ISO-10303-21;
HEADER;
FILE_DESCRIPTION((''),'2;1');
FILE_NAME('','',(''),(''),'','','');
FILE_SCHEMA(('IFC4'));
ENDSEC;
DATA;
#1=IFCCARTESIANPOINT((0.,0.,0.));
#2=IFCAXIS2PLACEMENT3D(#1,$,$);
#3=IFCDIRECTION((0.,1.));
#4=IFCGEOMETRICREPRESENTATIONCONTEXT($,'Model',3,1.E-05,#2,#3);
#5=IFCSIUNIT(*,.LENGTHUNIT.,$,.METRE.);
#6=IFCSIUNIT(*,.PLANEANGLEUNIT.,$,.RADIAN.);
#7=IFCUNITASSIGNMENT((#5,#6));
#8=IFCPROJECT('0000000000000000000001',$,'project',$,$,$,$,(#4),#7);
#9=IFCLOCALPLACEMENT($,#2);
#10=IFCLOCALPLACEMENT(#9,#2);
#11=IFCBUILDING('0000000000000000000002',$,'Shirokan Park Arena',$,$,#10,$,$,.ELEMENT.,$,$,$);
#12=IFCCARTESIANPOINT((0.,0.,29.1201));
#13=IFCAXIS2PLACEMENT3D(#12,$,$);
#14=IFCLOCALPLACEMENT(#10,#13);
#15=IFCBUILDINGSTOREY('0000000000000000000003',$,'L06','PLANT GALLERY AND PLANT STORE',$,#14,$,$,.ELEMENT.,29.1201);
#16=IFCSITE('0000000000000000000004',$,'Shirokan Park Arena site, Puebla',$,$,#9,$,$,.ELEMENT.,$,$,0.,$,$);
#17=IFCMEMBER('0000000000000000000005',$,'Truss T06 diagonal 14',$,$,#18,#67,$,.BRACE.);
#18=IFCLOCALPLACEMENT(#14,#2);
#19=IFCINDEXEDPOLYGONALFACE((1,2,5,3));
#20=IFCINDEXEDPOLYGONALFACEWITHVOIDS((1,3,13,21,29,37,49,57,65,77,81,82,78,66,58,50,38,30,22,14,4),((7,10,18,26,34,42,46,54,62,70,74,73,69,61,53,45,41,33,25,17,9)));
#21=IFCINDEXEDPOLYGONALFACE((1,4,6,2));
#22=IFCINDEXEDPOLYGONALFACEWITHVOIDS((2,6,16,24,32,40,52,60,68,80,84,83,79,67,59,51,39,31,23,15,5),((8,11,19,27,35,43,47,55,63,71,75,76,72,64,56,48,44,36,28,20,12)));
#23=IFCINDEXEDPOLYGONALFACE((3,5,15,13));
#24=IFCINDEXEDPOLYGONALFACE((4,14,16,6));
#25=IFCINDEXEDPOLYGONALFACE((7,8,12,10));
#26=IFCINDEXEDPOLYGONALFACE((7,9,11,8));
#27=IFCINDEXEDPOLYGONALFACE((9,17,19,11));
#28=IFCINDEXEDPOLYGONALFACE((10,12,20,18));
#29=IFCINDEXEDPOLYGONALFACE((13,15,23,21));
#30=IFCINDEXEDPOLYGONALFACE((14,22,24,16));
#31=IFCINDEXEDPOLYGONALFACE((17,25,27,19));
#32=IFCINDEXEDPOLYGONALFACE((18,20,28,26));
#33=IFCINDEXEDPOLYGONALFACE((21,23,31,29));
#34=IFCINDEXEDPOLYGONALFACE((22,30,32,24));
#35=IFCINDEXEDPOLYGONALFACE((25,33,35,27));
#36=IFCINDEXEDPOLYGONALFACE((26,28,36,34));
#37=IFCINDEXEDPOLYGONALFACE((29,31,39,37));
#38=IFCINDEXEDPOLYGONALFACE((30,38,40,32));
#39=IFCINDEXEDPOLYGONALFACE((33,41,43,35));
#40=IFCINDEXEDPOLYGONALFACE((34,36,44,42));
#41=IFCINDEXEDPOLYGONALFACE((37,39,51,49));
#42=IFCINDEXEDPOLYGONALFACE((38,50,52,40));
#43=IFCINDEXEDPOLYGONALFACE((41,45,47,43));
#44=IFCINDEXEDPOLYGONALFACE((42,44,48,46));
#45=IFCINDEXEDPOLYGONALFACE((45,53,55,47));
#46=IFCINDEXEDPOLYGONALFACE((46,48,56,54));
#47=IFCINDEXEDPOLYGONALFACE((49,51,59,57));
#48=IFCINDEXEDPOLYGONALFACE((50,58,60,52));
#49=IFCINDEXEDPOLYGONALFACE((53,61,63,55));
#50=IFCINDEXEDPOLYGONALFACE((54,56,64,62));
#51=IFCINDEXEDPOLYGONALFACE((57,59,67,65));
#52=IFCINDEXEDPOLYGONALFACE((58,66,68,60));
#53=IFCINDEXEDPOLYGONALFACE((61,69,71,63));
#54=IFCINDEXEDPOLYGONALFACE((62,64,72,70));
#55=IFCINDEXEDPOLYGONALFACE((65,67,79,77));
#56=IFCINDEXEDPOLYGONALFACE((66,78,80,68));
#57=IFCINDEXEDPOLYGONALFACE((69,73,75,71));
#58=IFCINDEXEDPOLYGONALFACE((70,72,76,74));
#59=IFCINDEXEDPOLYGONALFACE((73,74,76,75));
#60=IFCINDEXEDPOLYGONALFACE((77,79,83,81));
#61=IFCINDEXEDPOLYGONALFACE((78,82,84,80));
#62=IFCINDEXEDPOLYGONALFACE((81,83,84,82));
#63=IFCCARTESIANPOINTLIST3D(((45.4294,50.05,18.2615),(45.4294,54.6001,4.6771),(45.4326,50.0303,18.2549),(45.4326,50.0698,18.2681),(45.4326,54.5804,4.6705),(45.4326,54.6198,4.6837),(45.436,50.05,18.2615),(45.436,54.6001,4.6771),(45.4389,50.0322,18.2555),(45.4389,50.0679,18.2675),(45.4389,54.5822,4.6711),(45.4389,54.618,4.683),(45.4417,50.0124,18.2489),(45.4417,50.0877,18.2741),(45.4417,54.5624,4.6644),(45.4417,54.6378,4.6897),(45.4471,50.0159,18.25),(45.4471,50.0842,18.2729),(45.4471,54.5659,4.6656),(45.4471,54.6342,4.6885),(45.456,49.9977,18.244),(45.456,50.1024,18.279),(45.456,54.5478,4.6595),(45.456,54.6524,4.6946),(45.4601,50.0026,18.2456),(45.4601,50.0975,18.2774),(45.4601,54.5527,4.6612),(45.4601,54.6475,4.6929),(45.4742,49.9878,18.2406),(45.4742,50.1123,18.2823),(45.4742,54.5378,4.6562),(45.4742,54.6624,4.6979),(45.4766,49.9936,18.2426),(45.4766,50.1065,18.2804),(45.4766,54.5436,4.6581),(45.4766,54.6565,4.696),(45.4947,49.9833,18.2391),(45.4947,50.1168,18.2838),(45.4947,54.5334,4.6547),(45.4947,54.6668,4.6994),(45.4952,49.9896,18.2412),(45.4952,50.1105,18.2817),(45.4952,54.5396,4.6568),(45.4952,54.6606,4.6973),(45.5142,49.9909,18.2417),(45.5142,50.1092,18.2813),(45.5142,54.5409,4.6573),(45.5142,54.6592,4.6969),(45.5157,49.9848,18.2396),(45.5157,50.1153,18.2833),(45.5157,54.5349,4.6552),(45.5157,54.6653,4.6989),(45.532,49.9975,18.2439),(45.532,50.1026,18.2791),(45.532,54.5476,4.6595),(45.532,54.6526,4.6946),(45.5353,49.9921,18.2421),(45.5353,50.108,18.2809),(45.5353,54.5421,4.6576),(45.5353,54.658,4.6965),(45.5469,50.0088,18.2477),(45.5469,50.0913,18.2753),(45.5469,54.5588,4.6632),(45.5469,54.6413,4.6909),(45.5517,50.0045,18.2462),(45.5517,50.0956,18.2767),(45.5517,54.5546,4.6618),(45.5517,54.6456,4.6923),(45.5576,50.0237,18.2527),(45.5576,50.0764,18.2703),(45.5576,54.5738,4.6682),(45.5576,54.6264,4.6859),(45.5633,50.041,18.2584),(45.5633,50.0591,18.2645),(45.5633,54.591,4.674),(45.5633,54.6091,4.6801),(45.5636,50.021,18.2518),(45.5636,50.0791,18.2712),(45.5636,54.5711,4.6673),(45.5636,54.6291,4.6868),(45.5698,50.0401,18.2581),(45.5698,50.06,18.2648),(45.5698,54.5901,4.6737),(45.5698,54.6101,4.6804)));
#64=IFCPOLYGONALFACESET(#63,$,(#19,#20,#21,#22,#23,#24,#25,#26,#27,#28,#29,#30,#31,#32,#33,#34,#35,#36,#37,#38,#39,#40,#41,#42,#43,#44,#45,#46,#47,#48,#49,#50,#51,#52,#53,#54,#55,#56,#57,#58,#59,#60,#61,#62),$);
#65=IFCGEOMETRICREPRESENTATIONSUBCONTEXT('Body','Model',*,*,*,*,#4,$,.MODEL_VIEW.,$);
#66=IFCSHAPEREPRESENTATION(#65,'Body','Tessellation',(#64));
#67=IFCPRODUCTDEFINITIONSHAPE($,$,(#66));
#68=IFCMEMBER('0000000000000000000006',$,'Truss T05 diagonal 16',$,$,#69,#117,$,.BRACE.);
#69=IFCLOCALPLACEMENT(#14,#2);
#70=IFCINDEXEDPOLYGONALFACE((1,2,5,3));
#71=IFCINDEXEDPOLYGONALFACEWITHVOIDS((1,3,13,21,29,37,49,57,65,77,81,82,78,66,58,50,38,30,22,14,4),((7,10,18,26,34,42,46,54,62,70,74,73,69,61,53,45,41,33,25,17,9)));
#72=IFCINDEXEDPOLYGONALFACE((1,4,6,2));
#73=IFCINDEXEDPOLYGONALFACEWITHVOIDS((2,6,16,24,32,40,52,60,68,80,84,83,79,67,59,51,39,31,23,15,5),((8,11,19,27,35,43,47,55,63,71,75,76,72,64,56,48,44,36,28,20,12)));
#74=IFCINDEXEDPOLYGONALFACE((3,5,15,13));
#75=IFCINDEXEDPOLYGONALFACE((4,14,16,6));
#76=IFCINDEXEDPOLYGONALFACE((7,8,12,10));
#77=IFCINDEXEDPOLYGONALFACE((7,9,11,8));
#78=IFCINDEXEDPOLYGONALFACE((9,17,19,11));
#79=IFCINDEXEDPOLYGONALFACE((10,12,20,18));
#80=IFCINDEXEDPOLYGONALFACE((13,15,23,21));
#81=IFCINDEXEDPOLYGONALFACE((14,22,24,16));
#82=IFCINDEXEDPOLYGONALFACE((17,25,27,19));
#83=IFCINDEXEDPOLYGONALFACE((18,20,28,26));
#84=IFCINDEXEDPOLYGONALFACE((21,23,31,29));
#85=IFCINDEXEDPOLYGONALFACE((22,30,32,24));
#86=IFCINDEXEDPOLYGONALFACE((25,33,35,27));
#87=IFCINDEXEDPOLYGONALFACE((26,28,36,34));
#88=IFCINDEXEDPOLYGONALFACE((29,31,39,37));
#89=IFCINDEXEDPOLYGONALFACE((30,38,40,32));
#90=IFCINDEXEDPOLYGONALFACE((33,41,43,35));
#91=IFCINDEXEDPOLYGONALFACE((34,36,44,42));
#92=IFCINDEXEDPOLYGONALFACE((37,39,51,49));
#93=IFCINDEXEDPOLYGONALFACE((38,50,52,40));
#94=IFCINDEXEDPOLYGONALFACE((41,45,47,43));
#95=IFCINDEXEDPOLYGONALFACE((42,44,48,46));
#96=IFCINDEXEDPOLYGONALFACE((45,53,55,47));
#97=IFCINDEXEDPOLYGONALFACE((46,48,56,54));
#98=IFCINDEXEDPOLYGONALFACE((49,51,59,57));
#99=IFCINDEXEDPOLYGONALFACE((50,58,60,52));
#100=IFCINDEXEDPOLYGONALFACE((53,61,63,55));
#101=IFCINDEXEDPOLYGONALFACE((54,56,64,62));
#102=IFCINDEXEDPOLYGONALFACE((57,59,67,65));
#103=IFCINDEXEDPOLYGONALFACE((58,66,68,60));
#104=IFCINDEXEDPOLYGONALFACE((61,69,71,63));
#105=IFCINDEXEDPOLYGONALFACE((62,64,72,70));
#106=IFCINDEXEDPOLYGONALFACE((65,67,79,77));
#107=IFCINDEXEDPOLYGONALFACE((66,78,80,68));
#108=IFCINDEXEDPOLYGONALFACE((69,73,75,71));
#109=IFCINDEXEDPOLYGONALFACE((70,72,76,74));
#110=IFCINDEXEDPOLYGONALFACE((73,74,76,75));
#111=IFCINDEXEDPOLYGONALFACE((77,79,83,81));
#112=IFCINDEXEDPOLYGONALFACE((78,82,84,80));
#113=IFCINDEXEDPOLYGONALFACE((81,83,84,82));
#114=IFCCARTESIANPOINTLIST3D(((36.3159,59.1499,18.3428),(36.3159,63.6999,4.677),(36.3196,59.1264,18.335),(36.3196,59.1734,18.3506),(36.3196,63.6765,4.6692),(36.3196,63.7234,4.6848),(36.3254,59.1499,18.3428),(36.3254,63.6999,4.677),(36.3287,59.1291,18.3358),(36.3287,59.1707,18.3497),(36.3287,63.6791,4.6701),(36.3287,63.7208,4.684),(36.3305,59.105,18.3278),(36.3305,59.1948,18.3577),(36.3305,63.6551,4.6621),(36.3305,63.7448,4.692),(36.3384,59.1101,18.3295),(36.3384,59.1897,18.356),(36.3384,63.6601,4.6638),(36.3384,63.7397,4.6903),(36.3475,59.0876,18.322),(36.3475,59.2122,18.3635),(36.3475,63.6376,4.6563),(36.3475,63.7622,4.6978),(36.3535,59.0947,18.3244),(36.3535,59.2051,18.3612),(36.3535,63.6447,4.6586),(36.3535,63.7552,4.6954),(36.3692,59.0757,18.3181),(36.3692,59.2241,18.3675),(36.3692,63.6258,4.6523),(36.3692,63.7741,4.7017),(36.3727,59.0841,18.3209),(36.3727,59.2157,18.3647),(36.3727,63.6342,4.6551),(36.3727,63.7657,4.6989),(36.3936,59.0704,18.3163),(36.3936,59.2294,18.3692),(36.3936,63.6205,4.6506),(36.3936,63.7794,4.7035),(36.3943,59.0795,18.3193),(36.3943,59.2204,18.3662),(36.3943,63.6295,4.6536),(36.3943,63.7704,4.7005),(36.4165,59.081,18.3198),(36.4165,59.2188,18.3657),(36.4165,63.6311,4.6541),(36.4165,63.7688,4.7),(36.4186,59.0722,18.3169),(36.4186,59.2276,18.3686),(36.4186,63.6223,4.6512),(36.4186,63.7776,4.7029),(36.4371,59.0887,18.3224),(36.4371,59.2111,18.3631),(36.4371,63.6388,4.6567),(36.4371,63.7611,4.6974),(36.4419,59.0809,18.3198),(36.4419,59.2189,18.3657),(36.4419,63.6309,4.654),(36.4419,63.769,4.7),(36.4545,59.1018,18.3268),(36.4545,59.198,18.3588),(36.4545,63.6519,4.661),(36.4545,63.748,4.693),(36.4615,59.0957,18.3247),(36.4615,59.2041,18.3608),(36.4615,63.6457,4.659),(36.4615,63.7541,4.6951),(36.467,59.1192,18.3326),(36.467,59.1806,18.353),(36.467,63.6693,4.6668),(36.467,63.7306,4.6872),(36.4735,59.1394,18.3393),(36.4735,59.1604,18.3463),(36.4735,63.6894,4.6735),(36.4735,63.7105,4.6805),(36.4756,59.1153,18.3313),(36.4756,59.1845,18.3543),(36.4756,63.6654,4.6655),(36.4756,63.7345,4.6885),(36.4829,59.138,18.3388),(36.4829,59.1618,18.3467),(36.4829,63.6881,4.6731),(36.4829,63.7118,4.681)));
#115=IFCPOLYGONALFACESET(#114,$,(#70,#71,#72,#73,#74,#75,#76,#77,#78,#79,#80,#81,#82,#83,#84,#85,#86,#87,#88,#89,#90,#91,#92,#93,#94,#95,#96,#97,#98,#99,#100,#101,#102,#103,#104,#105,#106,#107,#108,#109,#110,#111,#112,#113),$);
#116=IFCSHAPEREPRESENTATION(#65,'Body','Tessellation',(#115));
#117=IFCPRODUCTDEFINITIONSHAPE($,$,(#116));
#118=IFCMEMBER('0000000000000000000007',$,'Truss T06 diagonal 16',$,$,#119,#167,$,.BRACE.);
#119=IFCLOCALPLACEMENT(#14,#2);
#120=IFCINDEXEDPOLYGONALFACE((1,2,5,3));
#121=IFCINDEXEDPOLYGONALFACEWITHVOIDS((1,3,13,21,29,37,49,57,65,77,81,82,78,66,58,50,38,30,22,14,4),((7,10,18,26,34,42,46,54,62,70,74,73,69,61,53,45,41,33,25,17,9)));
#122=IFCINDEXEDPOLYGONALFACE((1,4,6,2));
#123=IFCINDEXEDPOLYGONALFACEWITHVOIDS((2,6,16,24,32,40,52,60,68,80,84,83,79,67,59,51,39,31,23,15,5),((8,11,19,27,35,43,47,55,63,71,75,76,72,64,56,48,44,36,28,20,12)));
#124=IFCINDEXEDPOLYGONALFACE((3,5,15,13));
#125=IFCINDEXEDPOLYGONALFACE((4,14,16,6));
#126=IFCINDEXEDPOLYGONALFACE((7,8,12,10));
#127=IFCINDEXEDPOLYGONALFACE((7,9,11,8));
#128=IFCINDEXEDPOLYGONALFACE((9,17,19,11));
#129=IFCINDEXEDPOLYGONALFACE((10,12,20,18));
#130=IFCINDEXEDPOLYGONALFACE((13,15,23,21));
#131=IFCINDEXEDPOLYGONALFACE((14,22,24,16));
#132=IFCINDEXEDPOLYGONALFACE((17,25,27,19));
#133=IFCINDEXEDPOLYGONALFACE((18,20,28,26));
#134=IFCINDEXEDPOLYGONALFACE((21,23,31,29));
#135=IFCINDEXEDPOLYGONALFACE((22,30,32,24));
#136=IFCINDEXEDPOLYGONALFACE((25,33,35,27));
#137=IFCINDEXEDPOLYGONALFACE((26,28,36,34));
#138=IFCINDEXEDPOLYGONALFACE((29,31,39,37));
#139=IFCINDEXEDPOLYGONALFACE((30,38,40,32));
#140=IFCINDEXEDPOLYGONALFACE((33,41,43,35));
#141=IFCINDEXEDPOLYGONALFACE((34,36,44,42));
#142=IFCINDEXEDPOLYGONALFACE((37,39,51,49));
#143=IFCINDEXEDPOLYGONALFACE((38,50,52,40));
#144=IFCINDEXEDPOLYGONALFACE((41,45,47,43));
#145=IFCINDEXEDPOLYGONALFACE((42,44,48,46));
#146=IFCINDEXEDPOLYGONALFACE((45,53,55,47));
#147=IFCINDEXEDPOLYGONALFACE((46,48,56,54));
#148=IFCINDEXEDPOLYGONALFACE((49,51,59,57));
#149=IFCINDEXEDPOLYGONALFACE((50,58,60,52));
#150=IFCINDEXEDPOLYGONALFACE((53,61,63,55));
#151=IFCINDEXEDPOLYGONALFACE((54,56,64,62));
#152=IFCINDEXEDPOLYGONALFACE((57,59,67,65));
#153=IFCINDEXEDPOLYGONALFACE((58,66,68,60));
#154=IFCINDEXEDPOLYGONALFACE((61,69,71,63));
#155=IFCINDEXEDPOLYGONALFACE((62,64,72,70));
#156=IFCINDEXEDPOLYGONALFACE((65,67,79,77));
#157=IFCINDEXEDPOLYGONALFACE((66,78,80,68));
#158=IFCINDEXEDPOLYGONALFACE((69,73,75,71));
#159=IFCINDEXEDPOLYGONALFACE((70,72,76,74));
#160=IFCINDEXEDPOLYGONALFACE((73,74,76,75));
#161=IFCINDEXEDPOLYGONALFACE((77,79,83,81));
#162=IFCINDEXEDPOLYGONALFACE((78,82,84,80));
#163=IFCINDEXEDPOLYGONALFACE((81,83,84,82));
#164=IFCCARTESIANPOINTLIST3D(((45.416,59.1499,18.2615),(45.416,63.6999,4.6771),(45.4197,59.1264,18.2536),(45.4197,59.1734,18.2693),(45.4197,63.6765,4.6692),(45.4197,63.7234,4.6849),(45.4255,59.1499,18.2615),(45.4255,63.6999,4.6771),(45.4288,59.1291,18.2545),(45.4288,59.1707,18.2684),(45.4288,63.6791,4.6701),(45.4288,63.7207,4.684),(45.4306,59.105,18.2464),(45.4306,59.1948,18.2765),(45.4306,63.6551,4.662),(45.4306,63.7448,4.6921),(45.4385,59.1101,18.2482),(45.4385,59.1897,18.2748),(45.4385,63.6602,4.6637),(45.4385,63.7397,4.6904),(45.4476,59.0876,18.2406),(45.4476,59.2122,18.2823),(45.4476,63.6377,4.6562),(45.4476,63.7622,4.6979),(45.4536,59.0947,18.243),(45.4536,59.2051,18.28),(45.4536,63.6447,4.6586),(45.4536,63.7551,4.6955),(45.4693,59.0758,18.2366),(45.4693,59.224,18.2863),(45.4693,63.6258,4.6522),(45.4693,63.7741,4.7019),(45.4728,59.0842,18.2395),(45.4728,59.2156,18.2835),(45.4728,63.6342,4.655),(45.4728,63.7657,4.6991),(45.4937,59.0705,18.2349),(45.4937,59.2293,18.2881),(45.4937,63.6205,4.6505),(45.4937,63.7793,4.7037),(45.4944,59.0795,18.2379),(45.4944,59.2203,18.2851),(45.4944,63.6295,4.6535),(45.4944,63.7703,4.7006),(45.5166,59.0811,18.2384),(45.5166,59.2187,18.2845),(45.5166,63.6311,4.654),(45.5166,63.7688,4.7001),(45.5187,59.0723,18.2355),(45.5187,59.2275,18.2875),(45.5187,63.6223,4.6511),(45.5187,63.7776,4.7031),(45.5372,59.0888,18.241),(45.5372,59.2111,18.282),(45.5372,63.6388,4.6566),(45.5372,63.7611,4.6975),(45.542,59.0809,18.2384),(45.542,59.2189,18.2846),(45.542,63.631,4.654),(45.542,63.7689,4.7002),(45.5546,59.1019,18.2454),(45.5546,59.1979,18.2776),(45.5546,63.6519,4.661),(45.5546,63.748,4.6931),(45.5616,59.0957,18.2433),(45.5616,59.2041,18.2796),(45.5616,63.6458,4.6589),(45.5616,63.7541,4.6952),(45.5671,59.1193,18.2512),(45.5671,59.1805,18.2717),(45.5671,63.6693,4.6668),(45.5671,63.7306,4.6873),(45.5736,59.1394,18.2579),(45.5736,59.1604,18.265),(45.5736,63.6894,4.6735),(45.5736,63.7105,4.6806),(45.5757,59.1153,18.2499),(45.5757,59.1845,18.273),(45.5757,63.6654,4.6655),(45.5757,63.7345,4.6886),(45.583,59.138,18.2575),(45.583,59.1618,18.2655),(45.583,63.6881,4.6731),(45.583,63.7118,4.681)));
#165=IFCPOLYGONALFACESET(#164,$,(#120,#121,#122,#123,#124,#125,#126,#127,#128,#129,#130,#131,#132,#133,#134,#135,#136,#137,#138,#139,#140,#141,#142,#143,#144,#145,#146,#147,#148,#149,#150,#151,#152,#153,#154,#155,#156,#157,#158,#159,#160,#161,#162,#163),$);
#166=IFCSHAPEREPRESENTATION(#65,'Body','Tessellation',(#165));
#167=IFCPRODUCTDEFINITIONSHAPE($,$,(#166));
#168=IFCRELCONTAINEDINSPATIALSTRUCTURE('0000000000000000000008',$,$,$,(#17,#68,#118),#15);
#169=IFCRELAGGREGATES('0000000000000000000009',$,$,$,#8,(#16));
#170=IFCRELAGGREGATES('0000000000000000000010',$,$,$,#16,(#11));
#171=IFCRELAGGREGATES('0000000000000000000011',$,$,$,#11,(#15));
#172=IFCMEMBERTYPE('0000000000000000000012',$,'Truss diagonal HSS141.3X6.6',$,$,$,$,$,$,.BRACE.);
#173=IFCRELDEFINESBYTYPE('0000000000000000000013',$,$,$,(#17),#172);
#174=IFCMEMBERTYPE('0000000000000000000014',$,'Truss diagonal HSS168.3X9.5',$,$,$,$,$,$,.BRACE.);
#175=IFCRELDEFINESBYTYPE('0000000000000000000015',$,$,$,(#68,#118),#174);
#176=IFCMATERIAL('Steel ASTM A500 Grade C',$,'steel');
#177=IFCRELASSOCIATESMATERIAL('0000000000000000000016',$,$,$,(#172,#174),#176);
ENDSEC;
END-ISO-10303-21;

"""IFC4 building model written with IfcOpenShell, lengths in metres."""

from ifc_helpers import new_model, si_unit, direction, frame, origin, origin_2d, place, context, subcontext, project, spatial, hollow_circle, extrude, material, material_profile, profile_set, type_object, element, save


model = new_model("IFC4")

# Units and contexts
model_context = context("Model", 3, precision=1e-05, world=origin(), true_north=direction((0.0, 1.0)))
body_context = subcontext(model_context, "Body", "Model", "MODEL_VIEW")
ifc_project = project(units=[si_unit("LENGTHUNIT", "METRE"), si_unit("PLANEANGLEUNIT", "RADIAN")], contexts=[model_context])

# Site, building, storey
site_placement = place(None, origin())
site = spatial("IfcSite", under=ifc_project, at=site_placement, Name="Shirokan Park Arena site, Puebla", CompositionType="ELEMENT", RefElevation=0.0)
building_placement = place(site_placement, origin())
building = spatial("IfcBuilding", under=site, at=building_placement, Name="Shirokan Park Arena", CompositionType="ELEMENT")
storey_placement = place(building_placement, frame((0.0, 0.0, 29.1201)))
storey = spatial("IfcBuildingStorey", under=building, at=storey_placement, Name="L06", Description="PLANT GALLERY AND PLANT STORE", CompositionType="ELEMENT", Elevation=29.1201)

# Members
ifc_material_1 = material(Name="Steel ASTM A500 Grade C", Category="steel")
ifc_material_profile_1 = material_profile(ifc_material_1, hollow_circle(Radius=0.0706, WallThickness=0.0066, at=origin_2d()), Name="HSS141.3X6.6")
ifc_profile_set_1 = profile_set([ifc_material_profile_1], Name="Steel ASTM A500 Grade C")
member_type_1 = type_object("IfcMemberType", Name="Truss diagonal HSS141.3X6.6", PredefinedType="BRACE", material=ifc_profile_set_1)
member_1_placement = place(storey_placement, frame((45.5, 50.05, 18.2615), z_axis=(0.0, 0.317603, -0.948224), x_axis=(-1.0, 0.0, 0.0)))
element("IfcMember", 1, at=member_1_placement, inside=storey, type_object=member_type_1, Name="Truss T06 diagonal 14", PredefinedType="BRACE", context=body_context, shape_type="SweptSolid", body=[
    extrude(hollow_circle(Radius=0.0706, WallThickness=0.0066, at=origin_2d()), origin(), (0.0, 0.0, 1.0), 14.3262),
])
ifc_material_profile_2 = material_profile(ifc_material_1, hollow_circle(Radius=0.084, WallThickness=0.0095, at=origin_2d()), Name="HSS168.3X9.5")
ifc_profile_set_2 = profile_set([ifc_material_profile_2], Name="Steel ASTM A500 Grade C")
member_type_2 = type_object("IfcMemberType", Name="Truss diagonal HSS168.3X9.5", PredefinedType="BRACE", material=ifc_profile_set_2)
member_2_placement = place(storey_placement, frame((36.3999, 59.1499, 18.3428), z_axis=(0.0, 0.315902, -0.948792), x_axis=(-1.0, 0.0, 0.0)))
element("IfcMember", 2, at=member_2_placement, inside=storey, type_object=member_type_2, Name="Truss T05 diagonal 16", PredefinedType="BRACE", context=body_context, shape_type="SweptSolid", body=[
    extrude(hollow_circle(Radius=0.084, WallThickness=0.0095, at=origin_2d()), origin(), (0.0, 0.0, 1.0), 14.4033),
])
member_3_placement = place(storey_placement, frame((45.5, 59.1499, 18.2615), z_axis=(0.0, 0.317603, -0.948224), x_axis=(-1.0, 0.0, 0.0)))
element("IfcMember", 3, at=member_3_placement, inside=storey, type_object=member_type_2, Name="Truss T06 diagonal 16", PredefinedType="BRACE", context=body_context, shape_type="SweptSolid", body=[
    extrude(hollow_circle(Radius=0.084, WallThickness=0.0095, at=origin_2d()), origin(), (0.0, 0.0, 1.0), 14.3262),
])

save(model, "model.ifc")
